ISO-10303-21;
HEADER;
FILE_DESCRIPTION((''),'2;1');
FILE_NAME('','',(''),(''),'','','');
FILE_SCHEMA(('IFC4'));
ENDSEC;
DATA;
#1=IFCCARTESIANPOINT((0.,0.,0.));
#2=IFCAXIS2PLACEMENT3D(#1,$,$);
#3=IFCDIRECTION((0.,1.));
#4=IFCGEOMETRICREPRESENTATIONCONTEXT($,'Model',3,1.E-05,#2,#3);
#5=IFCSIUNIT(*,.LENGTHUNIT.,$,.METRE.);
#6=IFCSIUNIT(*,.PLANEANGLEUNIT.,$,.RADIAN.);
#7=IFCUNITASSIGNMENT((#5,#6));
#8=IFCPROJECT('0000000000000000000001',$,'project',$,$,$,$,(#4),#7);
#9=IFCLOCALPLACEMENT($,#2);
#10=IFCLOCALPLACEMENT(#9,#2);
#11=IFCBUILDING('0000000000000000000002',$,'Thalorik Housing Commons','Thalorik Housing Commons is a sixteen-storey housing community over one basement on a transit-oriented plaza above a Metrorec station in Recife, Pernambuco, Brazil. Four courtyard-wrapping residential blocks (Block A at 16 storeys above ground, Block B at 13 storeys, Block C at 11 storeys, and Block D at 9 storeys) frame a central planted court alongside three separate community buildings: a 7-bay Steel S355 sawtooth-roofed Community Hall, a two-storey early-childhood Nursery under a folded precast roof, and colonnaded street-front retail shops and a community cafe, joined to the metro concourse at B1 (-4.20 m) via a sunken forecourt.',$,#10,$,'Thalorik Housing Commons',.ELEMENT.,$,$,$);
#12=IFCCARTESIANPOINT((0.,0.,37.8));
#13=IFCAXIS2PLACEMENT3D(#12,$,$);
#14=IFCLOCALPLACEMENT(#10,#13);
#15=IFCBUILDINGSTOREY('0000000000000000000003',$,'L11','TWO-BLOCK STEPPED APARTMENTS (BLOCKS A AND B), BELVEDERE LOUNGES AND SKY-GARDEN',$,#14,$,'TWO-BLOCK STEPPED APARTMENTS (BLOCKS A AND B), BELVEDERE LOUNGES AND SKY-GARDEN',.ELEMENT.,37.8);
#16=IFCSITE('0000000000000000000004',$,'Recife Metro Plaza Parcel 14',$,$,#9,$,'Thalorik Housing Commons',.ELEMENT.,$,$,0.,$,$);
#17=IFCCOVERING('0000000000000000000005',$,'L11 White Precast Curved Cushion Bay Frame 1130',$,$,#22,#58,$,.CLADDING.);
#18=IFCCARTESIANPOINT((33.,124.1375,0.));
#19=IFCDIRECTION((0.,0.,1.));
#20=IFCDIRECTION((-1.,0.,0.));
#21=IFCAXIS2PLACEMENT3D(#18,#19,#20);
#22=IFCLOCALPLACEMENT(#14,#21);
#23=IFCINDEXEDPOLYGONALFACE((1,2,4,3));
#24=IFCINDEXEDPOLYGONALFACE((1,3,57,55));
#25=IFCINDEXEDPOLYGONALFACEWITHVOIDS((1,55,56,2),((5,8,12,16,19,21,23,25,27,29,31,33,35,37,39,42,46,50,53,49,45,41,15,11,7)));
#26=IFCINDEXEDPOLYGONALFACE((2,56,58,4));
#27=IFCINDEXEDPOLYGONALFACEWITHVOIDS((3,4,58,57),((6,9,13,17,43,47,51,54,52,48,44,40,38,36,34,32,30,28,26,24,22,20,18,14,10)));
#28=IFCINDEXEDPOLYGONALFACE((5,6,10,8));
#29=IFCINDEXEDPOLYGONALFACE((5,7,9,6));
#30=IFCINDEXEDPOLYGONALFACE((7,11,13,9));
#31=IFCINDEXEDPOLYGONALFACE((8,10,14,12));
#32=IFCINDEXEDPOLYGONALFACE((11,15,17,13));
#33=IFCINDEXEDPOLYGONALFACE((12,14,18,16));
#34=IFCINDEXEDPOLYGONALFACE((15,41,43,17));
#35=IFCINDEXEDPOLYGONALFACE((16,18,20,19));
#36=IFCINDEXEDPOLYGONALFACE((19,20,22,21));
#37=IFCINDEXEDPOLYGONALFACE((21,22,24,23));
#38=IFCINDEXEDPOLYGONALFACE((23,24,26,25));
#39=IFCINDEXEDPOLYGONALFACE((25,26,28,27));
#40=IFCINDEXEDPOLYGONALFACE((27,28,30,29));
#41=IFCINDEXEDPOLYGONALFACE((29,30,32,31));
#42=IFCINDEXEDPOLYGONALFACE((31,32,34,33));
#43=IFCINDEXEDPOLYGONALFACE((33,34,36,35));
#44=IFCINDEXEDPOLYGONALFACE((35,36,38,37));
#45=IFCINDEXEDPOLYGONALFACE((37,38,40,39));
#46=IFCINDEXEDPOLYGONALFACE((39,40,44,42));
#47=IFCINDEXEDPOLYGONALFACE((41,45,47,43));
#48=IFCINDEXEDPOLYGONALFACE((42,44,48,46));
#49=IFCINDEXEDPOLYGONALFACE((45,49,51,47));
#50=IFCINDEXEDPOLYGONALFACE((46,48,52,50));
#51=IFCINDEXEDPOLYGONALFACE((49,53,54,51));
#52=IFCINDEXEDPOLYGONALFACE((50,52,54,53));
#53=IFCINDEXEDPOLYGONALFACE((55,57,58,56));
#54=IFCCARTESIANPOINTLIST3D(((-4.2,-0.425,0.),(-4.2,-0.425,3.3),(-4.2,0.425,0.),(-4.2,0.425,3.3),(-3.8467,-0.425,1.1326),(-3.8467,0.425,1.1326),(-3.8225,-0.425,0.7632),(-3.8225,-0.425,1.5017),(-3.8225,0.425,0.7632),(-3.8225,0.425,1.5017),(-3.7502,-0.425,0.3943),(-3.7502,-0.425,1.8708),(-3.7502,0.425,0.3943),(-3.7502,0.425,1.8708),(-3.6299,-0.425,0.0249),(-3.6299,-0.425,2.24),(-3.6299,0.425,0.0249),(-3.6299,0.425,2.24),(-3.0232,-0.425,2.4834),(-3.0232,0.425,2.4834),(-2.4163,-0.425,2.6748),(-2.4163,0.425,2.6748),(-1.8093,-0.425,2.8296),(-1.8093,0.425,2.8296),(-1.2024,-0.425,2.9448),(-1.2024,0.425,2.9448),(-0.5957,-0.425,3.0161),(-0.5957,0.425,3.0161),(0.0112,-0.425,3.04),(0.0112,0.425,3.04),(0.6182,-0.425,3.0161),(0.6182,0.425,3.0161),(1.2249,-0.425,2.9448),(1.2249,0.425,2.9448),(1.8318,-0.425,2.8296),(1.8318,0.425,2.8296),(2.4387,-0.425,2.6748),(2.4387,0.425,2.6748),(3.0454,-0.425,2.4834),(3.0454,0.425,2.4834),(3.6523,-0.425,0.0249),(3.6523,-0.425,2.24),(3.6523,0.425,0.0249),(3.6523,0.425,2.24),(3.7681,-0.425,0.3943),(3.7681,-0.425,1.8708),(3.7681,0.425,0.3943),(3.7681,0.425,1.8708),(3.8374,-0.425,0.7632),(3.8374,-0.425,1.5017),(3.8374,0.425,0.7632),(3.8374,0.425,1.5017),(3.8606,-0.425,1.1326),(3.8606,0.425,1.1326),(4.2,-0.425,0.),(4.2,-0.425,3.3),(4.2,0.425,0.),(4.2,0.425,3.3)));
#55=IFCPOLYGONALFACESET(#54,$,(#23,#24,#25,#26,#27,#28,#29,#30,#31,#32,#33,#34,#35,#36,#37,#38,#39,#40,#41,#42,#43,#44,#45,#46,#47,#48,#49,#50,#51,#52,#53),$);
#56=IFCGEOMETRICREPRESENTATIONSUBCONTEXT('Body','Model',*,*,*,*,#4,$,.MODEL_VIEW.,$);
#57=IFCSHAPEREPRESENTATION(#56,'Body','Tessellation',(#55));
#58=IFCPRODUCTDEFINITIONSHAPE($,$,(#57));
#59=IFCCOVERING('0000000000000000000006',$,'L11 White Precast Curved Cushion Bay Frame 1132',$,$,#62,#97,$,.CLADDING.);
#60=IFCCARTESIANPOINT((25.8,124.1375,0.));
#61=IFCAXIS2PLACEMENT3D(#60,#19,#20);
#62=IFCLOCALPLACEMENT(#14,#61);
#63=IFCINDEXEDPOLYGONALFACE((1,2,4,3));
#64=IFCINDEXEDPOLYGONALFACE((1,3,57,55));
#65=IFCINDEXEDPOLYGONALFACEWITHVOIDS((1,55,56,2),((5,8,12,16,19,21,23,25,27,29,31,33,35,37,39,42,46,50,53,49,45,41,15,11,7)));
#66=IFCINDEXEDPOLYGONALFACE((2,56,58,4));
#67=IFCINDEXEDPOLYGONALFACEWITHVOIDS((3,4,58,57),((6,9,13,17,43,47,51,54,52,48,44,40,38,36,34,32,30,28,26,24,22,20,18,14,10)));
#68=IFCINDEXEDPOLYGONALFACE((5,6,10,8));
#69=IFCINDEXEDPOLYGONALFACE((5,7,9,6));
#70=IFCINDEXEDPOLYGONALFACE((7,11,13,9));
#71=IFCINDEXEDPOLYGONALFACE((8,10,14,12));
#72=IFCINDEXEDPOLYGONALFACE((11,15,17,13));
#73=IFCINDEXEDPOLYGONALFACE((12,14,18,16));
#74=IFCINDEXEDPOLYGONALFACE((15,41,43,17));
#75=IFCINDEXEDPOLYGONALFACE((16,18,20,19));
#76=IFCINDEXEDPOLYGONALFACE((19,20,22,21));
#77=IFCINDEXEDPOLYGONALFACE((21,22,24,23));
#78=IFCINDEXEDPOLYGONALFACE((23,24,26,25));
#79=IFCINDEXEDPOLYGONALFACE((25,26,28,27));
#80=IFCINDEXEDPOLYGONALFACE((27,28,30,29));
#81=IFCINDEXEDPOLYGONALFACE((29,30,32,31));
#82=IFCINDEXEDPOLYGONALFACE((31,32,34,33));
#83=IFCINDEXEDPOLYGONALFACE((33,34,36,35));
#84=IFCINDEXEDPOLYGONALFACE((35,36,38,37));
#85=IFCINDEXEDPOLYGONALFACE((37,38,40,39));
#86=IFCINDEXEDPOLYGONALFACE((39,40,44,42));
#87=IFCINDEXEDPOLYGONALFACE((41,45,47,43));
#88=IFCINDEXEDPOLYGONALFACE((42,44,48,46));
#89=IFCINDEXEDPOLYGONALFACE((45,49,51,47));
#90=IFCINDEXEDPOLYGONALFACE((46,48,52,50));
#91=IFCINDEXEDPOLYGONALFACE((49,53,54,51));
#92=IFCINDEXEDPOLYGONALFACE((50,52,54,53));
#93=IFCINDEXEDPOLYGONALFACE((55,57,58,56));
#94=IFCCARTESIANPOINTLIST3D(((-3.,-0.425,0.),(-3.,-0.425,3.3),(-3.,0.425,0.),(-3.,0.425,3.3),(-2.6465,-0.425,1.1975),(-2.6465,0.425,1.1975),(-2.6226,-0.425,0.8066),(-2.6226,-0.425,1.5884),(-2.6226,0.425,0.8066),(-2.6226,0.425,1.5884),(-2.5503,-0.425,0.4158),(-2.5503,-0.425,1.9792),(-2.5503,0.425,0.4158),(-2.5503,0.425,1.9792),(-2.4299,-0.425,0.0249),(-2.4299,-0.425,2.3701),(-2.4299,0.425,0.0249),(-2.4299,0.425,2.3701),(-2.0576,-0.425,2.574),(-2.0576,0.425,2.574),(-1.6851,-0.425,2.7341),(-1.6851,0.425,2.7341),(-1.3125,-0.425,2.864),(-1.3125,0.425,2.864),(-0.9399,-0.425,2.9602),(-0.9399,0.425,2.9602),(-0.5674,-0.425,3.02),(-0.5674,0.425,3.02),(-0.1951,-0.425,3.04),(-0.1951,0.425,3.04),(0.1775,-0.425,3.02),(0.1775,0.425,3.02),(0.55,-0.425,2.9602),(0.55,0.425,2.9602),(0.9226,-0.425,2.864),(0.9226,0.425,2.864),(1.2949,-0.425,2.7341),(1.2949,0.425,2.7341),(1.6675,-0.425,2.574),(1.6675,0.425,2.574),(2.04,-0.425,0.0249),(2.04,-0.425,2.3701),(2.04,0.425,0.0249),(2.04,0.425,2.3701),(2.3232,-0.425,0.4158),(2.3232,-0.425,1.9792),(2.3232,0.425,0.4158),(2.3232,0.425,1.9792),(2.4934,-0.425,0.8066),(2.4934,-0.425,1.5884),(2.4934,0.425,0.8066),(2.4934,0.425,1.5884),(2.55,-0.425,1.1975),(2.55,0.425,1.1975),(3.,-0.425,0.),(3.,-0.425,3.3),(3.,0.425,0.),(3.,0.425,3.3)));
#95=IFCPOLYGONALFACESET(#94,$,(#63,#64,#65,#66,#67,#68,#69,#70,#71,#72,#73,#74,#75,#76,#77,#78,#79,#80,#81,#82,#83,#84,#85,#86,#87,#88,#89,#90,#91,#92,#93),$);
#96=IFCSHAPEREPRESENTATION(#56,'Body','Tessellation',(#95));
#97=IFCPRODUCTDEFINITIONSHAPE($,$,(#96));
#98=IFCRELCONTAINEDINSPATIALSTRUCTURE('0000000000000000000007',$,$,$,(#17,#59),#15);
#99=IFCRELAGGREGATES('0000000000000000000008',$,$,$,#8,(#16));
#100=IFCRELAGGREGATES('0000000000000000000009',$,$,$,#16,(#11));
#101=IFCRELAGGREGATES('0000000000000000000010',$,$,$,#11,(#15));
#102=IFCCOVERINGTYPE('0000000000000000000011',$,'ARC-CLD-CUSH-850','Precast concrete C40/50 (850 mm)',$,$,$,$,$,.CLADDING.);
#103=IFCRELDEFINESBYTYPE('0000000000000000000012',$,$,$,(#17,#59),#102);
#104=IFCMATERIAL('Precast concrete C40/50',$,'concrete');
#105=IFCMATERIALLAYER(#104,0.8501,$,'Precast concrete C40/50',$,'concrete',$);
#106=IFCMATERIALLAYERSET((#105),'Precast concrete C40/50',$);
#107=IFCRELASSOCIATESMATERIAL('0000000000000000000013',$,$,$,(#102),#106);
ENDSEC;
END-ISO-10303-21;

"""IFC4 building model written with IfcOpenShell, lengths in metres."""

from ifc_helpers import new_model, si_unit, direction, frame, origin, place, context, subcontext, project, spatial, polyline, outline, extrude, material, layer, layer_set, type_object, element, save


model = new_model("IFC4")

# Units and contexts
model_context = context("Model", 3, precision=1e-05, world=origin(), true_north=direction((0.0, 1.0)))
body_context = subcontext(model_context, "Body", "Model", "MODEL_VIEW")
ifc_project = project(units=[si_unit("LENGTHUNIT", "METRE"), si_unit("PLANEANGLEUNIT", "RADIAN")], contexts=[model_context])

# Site, building, storey
site_placement = place(None, origin())
site = spatial("IfcSite", under=ifc_project, at=site_placement, Name="Recife Metro Plaza Parcel 14", LongName="Thalorik Housing Commons", CompositionType="ELEMENT", RefElevation=0.0)
building_placement = place(site_placement, origin())
building = spatial("IfcBuilding", under=site, at=building_placement, Name="Thalorik Housing Commons", Description="Thalorik Housing Commons is a sixteen-storey housing community over one basement on a transit-oriented plaza above a Metrorec station in Recife, Pernambuco, Brazil. Four courtyard-wrapping residential blocks (Block A at 16 storeys above ground, Block B at 13 storeys, Block C at 11 storeys, and Block D at 9 storeys) frame a central planted court alongside three separate community buildings: a 7-bay Steel S355 sawtooth-roofed Community Hall, a two-storey early-childhood Nursery under a folded precast roof, and colonnaded street-front retail shops and a community cafe, joined to the metro concourse at B1 (-4.20 m) via a sunken forecourt.", LongName="Thalorik Housing Commons", CompositionType="ELEMENT")
storey_placement = place(building_placement, frame((0.0, 0.0, 37.8)))
storey = spatial("IfcBuildingStorey", under=building, at=storey_placement, Name="L11", Description="TWO-BLOCK STEPPED APARTMENTS (BLOCKS A AND B), BELVEDERE LOUNGES AND SKY-GARDEN", LongName="TWO-BLOCK STEPPED APARTMENTS (BLOCKS A AND B), BELVEDERE LOUNGES AND SKY-GARDEN", CompositionType="ELEMENT", Elevation=37.8)

# Shared definitions
ifc_material_1 = material(Name="Precast concrete C40/50", Category="concrete")

# Coverings
ifc_layer_1 = layer(ifc_material_1, 0.8501, Name="Precast concrete C40/50", Category="concrete")
ifc_layer_set_1 = layer_set([ifc_layer_1], Name="Precast concrete C40/50")
covering_type_1 = type_object("IfcCoveringType", Name="ARC-CLD-CUSH-850", Description="Precast concrete C40/50 (850 mm)", PredefinedType="CLADDING", material=ifc_layer_set_1)
covering_1_placement = place(storey_placement, frame((33.0, 124.1375, 0.0), z_axis=(0.0, 0.0, 1.0), x_axis=(-1.0, 0.0, 0.0)))
element("IfcCovering", 1, at=covering_1_placement, inside=storey, type_object=covering_type_1, Name="L11 White Precast Curved Cushion Bay Frame 1130", PredefinedType="CLADDING", context=body_context, shape_type="SweptSolid", body=[
    extrude(outline(polyline([(-4.2, 0.0), (4.2, 0.0), (4.2, 3.3), (-4.2, 3.3), (-4.2, 0.0)]), holes=[polyline([(3.6523, 0.0249), (3.7681, 0.3943), (3.8374, 0.7632), (3.8606, 1.1326), (3.8374, 1.5017), (3.7681, 1.8708), (3.6523, 2.24), (3.0454, 2.4834), (2.4387, 2.6748), (1.8318, 2.8296), (1.2249, 2.9448), (0.6182, 3.0161), (0.0112, 3.04), (-0.5957, 3.0161), (-1.2024, 2.9448), (-1.8093, 2.8296), (-2.4163, 2.6748), (-3.0232, 2.4834), (-3.6299, 2.24), (-3.7502, 1.8708), (-3.8225, 1.5017), (-3.8467, 1.1326), (-3.8225, 0.7632), (-3.7502, 0.3943), (-3.6299, 0.0249), (3.6523, 0.0249)])]), frame((0.0, 0.425, 0.0), z_axis=(0.0, -1.0, 0.0), x_axis=(1.0, 0.0, 0.0)), (0.0, 0.0, 1.0), 0.8501),
])
covering_2_placement = place(storey_placement, frame((25.8, 124.1375, 0.0), z_axis=(0.0, 0.0, 1.0), x_axis=(-1.0, 0.0, 0.0)))
element("IfcCovering", 2, at=covering_2_placement, inside=storey, type_object=covering_type_1, Name="L11 White Precast Curved Cushion Bay Frame 1132", PredefinedType="CLADDING", context=body_context, shape_type="SweptSolid", body=[
    extrude(outline(polyline([(-3.0, 0.0), (3.0, 0.0), (3.0, 3.3), (-3.0, 3.3), (-3.0, 0.0)]), holes=[polyline([(2.04, 0.0249), (2.3232, 0.4158), (2.4934, 0.8066), (2.55, 1.1975), (2.4934, 1.5884), (2.3232, 1.9792), (2.04, 2.3701), (1.6675, 2.574), (1.2949, 2.7341), (0.9226, 2.864), (0.55, 2.9602), (0.1775, 3.02), (-0.1951, 3.04), (-0.5674, 3.02), (-0.9399, 2.9602), (-1.3125, 2.864), (-1.6851, 2.7341), (-2.0576, 2.574), (-2.4299, 2.3701), (-2.5503, 1.9792), (-2.6226, 1.5884), (-2.6465, 1.1975), (-2.6226, 0.8066), (-2.5503, 0.4158), (-2.4299, 0.0249), (2.04, 0.0249)])]), frame((0.0, 0.425, 0.0), z_axis=(0.0, -1.0, 0.0), x_axis=(1.0, 0.0, 0.0)), (0.0, 0.0, 1.0), 0.8501),
])

save(model, "model.ifc")
